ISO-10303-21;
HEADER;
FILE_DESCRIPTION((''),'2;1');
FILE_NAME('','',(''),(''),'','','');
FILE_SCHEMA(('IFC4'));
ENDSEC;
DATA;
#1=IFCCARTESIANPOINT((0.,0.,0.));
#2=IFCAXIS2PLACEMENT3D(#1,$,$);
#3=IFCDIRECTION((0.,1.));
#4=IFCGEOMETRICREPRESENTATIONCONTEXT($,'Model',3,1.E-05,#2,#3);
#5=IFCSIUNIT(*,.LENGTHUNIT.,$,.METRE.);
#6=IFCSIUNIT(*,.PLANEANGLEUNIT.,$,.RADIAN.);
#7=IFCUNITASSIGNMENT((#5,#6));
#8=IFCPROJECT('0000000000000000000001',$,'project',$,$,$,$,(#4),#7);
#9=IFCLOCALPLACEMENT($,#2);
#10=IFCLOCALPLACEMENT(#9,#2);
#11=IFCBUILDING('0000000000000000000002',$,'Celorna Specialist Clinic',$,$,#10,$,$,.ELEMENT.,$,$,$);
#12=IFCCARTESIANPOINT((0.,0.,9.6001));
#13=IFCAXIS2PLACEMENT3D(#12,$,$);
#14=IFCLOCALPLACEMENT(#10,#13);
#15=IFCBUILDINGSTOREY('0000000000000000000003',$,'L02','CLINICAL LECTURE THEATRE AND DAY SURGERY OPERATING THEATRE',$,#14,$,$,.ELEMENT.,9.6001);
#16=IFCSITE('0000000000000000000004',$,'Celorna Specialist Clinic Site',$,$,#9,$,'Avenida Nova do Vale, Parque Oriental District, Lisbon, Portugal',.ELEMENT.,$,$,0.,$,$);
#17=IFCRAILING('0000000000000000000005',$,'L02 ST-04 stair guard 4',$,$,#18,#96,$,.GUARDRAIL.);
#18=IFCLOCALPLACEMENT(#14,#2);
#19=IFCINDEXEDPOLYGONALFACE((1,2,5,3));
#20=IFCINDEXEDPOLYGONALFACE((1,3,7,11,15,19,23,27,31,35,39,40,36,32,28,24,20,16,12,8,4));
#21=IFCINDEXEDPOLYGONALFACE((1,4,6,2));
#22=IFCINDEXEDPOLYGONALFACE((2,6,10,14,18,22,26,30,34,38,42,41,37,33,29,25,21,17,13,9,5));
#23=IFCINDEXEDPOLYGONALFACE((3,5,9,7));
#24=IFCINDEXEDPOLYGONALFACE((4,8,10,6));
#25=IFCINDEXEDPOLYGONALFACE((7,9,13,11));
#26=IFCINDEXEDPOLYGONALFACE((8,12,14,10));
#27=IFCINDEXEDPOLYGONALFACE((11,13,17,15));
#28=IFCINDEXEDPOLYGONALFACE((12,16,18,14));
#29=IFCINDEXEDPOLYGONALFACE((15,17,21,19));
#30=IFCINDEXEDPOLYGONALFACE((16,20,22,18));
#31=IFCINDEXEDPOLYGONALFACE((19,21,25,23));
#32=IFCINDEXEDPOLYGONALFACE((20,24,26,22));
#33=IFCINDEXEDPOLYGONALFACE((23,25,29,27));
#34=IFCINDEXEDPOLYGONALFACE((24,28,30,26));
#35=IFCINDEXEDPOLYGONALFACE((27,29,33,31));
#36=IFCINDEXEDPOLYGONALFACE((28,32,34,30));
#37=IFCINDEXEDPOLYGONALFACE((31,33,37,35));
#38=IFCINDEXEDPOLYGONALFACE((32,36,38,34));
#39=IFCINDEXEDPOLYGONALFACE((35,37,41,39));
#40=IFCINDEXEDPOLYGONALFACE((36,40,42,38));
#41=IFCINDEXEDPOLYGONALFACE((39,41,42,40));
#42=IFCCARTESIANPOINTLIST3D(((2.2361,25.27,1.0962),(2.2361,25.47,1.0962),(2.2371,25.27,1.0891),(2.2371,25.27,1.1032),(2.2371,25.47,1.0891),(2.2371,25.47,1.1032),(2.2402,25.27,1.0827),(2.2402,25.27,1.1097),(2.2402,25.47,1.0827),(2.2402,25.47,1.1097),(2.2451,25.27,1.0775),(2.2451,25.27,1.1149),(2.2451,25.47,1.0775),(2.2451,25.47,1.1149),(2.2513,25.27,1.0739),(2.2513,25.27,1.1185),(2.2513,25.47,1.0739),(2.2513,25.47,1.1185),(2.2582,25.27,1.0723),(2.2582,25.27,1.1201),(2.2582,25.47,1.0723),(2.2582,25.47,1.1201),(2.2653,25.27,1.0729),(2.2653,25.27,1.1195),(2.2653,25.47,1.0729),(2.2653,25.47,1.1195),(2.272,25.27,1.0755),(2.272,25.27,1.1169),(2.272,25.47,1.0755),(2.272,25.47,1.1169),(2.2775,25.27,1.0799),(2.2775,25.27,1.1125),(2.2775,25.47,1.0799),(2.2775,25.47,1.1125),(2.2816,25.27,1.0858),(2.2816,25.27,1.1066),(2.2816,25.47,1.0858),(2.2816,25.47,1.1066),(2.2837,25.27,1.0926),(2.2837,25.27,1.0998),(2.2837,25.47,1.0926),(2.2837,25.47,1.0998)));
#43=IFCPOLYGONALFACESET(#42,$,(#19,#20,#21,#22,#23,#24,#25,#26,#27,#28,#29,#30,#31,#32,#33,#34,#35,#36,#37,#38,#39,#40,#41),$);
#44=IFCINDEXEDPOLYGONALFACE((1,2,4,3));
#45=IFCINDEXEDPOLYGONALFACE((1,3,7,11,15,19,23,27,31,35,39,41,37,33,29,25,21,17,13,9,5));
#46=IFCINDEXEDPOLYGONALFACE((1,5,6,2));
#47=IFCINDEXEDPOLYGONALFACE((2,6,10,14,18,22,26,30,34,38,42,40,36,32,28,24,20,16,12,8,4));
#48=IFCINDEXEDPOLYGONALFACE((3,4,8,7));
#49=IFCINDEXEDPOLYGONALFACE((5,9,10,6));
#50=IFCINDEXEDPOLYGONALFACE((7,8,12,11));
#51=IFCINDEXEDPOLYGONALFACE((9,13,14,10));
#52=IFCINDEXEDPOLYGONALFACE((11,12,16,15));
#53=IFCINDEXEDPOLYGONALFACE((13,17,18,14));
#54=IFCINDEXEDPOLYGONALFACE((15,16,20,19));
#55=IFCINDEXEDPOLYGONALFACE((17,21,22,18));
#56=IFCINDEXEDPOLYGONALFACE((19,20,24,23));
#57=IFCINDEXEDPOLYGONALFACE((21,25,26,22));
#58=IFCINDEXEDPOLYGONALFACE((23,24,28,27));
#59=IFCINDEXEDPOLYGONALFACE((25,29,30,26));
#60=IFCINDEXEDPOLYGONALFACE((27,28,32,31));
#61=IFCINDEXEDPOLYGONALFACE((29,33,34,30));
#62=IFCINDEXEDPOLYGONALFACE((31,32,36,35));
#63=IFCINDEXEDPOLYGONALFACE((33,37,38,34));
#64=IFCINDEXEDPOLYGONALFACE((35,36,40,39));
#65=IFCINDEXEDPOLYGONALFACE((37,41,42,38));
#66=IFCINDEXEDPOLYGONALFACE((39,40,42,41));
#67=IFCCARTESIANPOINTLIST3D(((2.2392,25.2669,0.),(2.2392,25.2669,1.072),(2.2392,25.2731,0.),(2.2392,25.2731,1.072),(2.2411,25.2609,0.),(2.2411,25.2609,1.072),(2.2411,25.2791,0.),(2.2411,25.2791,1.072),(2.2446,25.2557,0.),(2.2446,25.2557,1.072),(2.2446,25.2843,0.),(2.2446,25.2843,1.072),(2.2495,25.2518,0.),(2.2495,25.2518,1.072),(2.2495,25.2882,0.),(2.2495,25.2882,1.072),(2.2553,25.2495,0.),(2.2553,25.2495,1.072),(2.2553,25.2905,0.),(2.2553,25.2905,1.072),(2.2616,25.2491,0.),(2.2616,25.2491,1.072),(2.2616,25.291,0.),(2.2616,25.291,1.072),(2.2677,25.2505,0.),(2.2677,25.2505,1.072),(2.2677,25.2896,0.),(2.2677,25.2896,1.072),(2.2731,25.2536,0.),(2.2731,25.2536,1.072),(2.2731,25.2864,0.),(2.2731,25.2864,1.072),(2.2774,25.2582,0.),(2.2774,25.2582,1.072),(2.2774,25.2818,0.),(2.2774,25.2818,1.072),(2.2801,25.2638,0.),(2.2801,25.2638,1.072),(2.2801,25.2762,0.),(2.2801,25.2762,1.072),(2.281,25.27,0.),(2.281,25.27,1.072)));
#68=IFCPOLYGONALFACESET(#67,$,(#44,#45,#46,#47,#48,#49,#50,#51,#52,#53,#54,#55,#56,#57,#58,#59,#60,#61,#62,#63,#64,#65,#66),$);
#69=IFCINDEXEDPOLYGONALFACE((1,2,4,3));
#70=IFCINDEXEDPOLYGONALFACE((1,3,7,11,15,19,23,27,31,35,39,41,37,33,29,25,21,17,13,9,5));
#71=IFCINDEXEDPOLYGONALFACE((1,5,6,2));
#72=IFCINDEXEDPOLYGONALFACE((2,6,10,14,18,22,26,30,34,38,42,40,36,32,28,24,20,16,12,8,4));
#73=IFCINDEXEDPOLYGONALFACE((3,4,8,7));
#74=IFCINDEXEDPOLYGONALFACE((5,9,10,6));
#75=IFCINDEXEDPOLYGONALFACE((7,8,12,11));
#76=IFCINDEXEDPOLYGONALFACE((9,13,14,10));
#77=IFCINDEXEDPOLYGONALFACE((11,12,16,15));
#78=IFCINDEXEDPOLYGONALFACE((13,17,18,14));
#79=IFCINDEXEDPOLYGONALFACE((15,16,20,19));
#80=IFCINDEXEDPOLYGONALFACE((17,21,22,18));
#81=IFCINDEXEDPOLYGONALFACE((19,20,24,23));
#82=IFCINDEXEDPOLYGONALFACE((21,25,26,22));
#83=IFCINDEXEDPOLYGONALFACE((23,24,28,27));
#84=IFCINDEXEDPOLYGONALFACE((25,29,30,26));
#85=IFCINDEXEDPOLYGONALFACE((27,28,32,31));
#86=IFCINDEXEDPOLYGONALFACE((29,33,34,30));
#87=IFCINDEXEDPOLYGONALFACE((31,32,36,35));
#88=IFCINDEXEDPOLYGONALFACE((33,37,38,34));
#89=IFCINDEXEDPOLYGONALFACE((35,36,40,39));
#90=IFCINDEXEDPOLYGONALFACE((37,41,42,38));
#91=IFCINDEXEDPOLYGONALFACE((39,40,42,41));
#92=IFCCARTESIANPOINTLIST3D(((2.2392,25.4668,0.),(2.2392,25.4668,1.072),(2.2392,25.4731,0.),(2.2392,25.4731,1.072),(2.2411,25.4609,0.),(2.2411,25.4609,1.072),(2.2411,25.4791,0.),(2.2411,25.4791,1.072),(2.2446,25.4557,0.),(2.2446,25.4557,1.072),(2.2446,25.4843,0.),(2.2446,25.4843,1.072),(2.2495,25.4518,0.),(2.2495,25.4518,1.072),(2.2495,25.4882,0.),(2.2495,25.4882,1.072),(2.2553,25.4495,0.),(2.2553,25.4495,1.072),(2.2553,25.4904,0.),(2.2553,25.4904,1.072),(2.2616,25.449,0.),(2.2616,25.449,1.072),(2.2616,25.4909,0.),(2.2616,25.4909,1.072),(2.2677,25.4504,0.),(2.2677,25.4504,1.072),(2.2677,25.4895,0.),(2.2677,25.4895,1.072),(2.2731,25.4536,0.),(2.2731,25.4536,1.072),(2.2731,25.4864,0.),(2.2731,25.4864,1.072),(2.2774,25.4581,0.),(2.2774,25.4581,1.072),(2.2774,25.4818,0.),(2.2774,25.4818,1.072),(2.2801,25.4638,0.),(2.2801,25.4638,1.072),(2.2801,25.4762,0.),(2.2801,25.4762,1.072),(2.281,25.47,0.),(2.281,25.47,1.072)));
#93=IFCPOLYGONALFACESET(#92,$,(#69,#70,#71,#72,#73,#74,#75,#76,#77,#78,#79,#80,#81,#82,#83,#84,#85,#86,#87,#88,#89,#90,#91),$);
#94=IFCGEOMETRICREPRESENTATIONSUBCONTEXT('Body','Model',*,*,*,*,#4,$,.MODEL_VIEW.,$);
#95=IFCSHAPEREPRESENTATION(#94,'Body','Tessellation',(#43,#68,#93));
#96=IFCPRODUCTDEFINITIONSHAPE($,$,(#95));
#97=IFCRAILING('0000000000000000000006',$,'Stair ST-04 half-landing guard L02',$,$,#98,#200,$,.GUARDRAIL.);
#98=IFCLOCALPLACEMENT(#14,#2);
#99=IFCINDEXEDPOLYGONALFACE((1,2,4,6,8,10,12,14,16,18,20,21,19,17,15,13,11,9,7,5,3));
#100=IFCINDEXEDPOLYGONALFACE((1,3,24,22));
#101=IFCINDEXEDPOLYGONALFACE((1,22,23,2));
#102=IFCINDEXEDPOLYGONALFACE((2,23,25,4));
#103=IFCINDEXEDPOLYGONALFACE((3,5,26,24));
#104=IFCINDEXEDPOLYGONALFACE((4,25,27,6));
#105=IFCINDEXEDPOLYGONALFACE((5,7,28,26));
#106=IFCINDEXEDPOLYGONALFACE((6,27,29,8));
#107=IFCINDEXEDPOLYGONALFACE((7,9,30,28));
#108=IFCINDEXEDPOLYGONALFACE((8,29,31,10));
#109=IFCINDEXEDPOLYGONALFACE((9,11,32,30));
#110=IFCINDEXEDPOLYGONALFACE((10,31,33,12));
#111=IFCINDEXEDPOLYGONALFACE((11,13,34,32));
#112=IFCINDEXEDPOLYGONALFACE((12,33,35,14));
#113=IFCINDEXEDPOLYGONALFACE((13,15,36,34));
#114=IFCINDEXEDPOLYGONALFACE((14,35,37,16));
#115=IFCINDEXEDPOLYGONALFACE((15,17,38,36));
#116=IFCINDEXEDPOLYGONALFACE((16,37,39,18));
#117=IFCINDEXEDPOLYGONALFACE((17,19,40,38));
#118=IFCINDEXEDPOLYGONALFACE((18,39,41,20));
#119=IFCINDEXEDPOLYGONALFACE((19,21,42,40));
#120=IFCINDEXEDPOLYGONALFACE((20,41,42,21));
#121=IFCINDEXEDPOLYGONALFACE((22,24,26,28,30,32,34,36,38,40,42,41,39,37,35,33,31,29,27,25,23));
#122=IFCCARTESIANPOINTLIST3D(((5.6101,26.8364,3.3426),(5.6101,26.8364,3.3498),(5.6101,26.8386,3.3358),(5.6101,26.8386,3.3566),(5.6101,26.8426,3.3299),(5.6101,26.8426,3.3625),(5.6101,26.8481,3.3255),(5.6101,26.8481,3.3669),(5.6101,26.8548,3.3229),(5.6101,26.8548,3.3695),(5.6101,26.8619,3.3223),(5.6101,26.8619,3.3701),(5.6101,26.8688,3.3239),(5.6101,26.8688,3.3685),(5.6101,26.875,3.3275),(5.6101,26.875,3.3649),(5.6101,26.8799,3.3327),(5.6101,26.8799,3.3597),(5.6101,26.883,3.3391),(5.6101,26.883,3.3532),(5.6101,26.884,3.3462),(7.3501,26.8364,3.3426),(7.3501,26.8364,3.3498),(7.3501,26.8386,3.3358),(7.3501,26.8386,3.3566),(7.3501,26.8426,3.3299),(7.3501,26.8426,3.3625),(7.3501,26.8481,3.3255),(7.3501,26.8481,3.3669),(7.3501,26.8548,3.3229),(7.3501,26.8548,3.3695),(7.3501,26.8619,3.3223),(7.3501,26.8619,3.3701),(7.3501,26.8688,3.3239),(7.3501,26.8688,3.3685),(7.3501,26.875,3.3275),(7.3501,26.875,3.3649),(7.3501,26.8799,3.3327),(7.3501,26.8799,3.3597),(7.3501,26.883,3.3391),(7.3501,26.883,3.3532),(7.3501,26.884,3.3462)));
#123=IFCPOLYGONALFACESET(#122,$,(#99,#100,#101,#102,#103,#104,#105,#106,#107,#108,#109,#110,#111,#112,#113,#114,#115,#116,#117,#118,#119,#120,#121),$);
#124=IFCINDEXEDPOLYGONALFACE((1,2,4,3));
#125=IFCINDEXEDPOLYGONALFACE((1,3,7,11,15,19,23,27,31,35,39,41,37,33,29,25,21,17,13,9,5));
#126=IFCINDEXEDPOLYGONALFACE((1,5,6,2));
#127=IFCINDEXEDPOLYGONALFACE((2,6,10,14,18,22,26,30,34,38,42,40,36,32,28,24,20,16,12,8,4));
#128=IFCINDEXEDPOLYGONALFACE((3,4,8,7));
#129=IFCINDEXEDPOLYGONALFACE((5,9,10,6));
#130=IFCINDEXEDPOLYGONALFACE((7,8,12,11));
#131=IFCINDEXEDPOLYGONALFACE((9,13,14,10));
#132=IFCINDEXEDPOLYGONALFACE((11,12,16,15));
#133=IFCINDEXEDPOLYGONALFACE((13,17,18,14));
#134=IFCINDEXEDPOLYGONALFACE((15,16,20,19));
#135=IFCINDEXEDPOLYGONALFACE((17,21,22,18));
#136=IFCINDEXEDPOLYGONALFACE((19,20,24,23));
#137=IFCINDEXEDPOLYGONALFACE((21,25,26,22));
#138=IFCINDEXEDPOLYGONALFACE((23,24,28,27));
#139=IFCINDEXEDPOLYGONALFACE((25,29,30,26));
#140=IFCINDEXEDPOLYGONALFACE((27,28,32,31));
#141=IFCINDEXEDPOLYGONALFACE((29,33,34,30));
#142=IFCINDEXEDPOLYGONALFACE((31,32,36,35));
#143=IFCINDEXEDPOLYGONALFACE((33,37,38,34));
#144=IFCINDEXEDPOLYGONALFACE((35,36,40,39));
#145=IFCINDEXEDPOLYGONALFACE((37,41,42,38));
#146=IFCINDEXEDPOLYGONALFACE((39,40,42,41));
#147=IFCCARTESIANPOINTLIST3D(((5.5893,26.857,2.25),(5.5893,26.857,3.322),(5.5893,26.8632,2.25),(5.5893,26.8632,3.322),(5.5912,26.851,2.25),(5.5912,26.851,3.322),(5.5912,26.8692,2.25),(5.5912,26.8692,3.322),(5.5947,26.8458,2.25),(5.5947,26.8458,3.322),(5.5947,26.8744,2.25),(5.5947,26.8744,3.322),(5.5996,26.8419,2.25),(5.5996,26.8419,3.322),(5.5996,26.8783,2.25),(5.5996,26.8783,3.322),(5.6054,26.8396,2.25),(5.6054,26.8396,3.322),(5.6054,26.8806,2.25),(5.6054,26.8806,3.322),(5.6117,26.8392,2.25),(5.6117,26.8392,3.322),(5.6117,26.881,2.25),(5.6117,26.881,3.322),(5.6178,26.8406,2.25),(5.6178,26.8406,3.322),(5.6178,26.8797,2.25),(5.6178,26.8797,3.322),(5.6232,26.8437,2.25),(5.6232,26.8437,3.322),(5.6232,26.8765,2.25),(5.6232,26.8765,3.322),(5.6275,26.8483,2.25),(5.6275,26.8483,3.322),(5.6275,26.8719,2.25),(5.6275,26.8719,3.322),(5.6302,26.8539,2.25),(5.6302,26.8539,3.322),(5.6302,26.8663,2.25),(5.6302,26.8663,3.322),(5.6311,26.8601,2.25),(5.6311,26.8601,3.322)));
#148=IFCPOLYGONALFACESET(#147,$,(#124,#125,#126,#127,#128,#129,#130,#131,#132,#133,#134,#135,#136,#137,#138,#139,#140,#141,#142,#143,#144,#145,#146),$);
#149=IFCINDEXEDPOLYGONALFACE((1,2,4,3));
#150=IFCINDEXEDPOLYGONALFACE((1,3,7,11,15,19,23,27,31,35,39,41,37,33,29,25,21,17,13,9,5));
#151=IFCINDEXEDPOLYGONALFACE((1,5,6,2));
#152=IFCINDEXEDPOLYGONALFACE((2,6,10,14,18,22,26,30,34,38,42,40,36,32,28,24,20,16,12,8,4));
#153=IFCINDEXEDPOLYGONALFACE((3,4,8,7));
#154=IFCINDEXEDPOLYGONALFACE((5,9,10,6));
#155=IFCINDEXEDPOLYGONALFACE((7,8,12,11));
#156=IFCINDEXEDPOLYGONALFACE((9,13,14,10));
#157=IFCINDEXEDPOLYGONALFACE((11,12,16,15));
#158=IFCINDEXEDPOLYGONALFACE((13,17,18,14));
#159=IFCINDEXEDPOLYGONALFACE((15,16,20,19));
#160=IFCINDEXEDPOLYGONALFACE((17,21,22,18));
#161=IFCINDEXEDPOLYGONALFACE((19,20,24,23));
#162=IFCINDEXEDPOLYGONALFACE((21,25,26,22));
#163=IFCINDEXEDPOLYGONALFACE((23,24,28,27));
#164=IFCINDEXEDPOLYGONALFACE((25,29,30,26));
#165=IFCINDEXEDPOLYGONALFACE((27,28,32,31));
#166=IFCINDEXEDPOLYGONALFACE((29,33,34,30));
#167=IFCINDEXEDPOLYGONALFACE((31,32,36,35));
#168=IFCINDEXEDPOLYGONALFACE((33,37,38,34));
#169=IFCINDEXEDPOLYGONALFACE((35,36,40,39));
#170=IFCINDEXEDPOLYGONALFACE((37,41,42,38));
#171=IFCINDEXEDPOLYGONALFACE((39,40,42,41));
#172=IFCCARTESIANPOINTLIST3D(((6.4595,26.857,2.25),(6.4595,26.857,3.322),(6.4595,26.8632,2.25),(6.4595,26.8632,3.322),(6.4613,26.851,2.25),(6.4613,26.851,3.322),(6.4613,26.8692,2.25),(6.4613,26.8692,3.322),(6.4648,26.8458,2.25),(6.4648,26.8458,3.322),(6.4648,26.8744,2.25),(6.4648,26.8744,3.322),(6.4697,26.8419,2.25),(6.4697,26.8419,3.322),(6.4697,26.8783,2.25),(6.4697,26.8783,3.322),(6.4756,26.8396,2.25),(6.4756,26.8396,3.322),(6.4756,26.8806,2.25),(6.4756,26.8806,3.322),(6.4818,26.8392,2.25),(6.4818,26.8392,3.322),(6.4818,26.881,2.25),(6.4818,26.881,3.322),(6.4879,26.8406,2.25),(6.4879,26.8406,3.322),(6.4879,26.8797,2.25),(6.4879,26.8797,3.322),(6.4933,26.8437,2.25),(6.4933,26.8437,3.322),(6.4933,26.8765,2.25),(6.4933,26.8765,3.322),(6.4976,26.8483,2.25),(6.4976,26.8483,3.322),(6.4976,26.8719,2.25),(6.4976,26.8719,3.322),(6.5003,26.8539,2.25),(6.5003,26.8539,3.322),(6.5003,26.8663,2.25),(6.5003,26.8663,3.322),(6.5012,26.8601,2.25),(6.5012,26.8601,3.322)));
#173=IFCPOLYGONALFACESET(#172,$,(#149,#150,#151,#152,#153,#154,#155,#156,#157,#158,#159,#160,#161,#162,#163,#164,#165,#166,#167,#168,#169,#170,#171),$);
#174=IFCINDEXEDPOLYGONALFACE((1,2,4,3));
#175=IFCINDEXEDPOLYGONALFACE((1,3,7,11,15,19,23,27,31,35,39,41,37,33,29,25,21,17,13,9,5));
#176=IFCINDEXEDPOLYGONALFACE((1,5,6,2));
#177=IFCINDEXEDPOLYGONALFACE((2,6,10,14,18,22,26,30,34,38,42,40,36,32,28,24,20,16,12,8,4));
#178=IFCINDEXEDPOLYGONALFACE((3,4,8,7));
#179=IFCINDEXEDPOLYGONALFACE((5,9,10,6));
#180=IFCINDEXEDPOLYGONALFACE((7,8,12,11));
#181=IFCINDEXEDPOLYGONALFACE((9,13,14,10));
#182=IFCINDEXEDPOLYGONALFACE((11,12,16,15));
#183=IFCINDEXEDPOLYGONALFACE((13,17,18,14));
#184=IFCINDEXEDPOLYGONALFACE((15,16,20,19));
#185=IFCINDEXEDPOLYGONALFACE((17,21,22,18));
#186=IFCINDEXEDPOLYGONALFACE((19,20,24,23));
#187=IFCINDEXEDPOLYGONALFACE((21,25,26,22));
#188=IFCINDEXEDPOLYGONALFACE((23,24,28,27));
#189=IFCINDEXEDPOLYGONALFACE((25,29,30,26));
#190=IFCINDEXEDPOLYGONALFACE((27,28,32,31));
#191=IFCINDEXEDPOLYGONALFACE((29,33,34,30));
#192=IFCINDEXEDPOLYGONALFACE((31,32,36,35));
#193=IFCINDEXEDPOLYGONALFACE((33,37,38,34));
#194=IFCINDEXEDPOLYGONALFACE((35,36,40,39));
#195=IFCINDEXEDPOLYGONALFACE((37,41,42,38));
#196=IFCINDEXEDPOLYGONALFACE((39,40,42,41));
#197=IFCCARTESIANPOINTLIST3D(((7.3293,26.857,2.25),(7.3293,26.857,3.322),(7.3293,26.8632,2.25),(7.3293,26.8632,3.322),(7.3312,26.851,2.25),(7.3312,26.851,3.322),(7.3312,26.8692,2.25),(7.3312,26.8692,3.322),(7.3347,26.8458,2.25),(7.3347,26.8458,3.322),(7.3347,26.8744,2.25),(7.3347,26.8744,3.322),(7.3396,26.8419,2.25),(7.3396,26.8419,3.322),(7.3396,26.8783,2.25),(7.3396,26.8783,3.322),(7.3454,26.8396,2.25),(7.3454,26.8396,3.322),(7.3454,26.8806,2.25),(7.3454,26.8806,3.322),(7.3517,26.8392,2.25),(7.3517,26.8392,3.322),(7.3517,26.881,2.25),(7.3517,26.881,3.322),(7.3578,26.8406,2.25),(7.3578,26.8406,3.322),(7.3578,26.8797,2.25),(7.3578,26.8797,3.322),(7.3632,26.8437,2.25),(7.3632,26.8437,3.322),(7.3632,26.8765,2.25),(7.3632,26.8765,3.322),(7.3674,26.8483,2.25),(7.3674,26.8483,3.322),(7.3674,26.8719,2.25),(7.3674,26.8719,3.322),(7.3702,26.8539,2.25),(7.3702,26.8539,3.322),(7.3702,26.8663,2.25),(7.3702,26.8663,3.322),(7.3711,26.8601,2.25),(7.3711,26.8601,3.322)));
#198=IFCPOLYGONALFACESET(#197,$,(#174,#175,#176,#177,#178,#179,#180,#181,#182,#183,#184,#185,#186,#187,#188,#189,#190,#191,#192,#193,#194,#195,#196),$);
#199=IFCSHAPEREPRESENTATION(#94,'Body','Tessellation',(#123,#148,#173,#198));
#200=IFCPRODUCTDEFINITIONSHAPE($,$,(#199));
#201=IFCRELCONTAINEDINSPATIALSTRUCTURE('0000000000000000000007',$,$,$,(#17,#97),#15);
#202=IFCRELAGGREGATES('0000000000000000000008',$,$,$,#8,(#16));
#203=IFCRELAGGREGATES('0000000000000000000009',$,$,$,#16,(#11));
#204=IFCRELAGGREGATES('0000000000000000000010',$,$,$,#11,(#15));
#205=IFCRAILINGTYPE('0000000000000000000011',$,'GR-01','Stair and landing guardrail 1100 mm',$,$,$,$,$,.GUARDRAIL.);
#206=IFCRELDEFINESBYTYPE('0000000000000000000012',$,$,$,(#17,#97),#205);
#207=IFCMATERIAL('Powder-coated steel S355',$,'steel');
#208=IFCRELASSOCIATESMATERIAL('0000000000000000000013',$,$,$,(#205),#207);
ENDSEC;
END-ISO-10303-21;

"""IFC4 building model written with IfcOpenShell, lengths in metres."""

from ifc_helpers import new_model, si_unit, direction, frame, origin, origin_2d, place, context, subcontext, project, spatial, circle, extrude, material, type_object, element, save


model = new_model("IFC4")

# Units and contexts
model_context = context("Model", 3, precision=1e-05, world=origin(), true_north=direction((0.0, 1.0)))
body_context = subcontext(model_context, "Body", "Model", "MODEL_VIEW")
ifc_project = project(units=[si_unit("LENGTHUNIT", "METRE"), si_unit("PLANEANGLEUNIT", "RADIAN")], contexts=[model_context])

# Site, building, storey
site_placement = place(None, origin())
site = spatial("IfcSite", under=ifc_project, at=site_placement, Name="Celorna Specialist Clinic Site", LongName="Avenida Nova do Vale, Parque Oriental District, Lisbon, Portugal", CompositionType="ELEMENT", RefElevation=0.0)
building_placement = place(site_placement, origin())
building = spatial("IfcBuilding", under=site, at=building_placement, Name="Celorna Specialist Clinic", CompositionType="ELEMENT")
storey_placement = place(building_placement, frame((0.0, 0.0, 9.6001)))
storey = spatial("IfcBuildingStorey", under=building, at=storey_placement, Name="L02", Description="CLINICAL LECTURE THEATRE AND DAY SURGERY OPERATING THEATRE", CompositionType="ELEMENT", Elevation=9.6001)

# Railings
ifc_material_1 = material(Name="Powder-coated steel S355", Category="steel")
railing_type_1 = type_object("IfcRailingType", Name="GR-01", Description="Stair and landing guardrail 1100 mm", PredefinedType="GUARDRAIL", material=ifc_material_1)
railing_1_placement = place(storey_placement, frame((2.26, 25.27, 0.0)))
element("IfcRailing", 1, at=railing_1_placement, inside=storey, type_object=railing_type_1, Name="L02 ST-04 stair guard 4", PredefinedType="GUARDRAIL", context=body_context, shape_type="SweptSolid", body=[
    extrude(circle(Radius=0.0239, at=origin_2d()), frame((0.0, 0.0, 1.0962), z_axis=(0.0, 1.0, 0.0), x_axis=(-1.0, 0.0, 0.0)), (0.0, 0.0, 1.0), 0.2),
    extrude(circle(Radius=0.021, at=origin_2d()), origin(), (0.0, 0.0, 1.0), 1.072),
    extrude(circle(Radius=0.021, at=origin_2d()), frame((0.0, 0.2, 0.0)), (0.0, 0.0, 1.0), 1.072),
])
railing_2_placement = place(storey_placement, frame((5.6101, 26.8601, 2.25)))
element("IfcRailing", 2, at=railing_2_placement, inside=storey, type_object=railing_type_1, Name="Stair ST-04 half-landing guard L02", PredefinedType="GUARDRAIL", context=body_context, shape_type="SweptSolid", body=[
    extrude(circle(Radius=0.0239, at=origin_2d()), frame((0.0, 0.0, 1.0962), z_axis=(1.0, 0.0, 0.0), x_axis=(0.0, 1.0, 0.0)), (0.0, 0.0, 1.0), 1.74),
    extrude(circle(Radius=0.021, at=origin_2d()), origin(), (0.0, 0.0, 1.0), 1.072),
    extrude(circle(Radius=0.021, at=origin_2d()), frame((0.8701, 0.0, 0.0)), (0.0, 0.0, 1.0), 1.072),
    extrude(circle(Radius=0.021, at=origin_2d()), frame((1.74, 0.0, 0.0)), (0.0, 0.0, 1.0), 1.072),
])

save(model, "model.ifc")
